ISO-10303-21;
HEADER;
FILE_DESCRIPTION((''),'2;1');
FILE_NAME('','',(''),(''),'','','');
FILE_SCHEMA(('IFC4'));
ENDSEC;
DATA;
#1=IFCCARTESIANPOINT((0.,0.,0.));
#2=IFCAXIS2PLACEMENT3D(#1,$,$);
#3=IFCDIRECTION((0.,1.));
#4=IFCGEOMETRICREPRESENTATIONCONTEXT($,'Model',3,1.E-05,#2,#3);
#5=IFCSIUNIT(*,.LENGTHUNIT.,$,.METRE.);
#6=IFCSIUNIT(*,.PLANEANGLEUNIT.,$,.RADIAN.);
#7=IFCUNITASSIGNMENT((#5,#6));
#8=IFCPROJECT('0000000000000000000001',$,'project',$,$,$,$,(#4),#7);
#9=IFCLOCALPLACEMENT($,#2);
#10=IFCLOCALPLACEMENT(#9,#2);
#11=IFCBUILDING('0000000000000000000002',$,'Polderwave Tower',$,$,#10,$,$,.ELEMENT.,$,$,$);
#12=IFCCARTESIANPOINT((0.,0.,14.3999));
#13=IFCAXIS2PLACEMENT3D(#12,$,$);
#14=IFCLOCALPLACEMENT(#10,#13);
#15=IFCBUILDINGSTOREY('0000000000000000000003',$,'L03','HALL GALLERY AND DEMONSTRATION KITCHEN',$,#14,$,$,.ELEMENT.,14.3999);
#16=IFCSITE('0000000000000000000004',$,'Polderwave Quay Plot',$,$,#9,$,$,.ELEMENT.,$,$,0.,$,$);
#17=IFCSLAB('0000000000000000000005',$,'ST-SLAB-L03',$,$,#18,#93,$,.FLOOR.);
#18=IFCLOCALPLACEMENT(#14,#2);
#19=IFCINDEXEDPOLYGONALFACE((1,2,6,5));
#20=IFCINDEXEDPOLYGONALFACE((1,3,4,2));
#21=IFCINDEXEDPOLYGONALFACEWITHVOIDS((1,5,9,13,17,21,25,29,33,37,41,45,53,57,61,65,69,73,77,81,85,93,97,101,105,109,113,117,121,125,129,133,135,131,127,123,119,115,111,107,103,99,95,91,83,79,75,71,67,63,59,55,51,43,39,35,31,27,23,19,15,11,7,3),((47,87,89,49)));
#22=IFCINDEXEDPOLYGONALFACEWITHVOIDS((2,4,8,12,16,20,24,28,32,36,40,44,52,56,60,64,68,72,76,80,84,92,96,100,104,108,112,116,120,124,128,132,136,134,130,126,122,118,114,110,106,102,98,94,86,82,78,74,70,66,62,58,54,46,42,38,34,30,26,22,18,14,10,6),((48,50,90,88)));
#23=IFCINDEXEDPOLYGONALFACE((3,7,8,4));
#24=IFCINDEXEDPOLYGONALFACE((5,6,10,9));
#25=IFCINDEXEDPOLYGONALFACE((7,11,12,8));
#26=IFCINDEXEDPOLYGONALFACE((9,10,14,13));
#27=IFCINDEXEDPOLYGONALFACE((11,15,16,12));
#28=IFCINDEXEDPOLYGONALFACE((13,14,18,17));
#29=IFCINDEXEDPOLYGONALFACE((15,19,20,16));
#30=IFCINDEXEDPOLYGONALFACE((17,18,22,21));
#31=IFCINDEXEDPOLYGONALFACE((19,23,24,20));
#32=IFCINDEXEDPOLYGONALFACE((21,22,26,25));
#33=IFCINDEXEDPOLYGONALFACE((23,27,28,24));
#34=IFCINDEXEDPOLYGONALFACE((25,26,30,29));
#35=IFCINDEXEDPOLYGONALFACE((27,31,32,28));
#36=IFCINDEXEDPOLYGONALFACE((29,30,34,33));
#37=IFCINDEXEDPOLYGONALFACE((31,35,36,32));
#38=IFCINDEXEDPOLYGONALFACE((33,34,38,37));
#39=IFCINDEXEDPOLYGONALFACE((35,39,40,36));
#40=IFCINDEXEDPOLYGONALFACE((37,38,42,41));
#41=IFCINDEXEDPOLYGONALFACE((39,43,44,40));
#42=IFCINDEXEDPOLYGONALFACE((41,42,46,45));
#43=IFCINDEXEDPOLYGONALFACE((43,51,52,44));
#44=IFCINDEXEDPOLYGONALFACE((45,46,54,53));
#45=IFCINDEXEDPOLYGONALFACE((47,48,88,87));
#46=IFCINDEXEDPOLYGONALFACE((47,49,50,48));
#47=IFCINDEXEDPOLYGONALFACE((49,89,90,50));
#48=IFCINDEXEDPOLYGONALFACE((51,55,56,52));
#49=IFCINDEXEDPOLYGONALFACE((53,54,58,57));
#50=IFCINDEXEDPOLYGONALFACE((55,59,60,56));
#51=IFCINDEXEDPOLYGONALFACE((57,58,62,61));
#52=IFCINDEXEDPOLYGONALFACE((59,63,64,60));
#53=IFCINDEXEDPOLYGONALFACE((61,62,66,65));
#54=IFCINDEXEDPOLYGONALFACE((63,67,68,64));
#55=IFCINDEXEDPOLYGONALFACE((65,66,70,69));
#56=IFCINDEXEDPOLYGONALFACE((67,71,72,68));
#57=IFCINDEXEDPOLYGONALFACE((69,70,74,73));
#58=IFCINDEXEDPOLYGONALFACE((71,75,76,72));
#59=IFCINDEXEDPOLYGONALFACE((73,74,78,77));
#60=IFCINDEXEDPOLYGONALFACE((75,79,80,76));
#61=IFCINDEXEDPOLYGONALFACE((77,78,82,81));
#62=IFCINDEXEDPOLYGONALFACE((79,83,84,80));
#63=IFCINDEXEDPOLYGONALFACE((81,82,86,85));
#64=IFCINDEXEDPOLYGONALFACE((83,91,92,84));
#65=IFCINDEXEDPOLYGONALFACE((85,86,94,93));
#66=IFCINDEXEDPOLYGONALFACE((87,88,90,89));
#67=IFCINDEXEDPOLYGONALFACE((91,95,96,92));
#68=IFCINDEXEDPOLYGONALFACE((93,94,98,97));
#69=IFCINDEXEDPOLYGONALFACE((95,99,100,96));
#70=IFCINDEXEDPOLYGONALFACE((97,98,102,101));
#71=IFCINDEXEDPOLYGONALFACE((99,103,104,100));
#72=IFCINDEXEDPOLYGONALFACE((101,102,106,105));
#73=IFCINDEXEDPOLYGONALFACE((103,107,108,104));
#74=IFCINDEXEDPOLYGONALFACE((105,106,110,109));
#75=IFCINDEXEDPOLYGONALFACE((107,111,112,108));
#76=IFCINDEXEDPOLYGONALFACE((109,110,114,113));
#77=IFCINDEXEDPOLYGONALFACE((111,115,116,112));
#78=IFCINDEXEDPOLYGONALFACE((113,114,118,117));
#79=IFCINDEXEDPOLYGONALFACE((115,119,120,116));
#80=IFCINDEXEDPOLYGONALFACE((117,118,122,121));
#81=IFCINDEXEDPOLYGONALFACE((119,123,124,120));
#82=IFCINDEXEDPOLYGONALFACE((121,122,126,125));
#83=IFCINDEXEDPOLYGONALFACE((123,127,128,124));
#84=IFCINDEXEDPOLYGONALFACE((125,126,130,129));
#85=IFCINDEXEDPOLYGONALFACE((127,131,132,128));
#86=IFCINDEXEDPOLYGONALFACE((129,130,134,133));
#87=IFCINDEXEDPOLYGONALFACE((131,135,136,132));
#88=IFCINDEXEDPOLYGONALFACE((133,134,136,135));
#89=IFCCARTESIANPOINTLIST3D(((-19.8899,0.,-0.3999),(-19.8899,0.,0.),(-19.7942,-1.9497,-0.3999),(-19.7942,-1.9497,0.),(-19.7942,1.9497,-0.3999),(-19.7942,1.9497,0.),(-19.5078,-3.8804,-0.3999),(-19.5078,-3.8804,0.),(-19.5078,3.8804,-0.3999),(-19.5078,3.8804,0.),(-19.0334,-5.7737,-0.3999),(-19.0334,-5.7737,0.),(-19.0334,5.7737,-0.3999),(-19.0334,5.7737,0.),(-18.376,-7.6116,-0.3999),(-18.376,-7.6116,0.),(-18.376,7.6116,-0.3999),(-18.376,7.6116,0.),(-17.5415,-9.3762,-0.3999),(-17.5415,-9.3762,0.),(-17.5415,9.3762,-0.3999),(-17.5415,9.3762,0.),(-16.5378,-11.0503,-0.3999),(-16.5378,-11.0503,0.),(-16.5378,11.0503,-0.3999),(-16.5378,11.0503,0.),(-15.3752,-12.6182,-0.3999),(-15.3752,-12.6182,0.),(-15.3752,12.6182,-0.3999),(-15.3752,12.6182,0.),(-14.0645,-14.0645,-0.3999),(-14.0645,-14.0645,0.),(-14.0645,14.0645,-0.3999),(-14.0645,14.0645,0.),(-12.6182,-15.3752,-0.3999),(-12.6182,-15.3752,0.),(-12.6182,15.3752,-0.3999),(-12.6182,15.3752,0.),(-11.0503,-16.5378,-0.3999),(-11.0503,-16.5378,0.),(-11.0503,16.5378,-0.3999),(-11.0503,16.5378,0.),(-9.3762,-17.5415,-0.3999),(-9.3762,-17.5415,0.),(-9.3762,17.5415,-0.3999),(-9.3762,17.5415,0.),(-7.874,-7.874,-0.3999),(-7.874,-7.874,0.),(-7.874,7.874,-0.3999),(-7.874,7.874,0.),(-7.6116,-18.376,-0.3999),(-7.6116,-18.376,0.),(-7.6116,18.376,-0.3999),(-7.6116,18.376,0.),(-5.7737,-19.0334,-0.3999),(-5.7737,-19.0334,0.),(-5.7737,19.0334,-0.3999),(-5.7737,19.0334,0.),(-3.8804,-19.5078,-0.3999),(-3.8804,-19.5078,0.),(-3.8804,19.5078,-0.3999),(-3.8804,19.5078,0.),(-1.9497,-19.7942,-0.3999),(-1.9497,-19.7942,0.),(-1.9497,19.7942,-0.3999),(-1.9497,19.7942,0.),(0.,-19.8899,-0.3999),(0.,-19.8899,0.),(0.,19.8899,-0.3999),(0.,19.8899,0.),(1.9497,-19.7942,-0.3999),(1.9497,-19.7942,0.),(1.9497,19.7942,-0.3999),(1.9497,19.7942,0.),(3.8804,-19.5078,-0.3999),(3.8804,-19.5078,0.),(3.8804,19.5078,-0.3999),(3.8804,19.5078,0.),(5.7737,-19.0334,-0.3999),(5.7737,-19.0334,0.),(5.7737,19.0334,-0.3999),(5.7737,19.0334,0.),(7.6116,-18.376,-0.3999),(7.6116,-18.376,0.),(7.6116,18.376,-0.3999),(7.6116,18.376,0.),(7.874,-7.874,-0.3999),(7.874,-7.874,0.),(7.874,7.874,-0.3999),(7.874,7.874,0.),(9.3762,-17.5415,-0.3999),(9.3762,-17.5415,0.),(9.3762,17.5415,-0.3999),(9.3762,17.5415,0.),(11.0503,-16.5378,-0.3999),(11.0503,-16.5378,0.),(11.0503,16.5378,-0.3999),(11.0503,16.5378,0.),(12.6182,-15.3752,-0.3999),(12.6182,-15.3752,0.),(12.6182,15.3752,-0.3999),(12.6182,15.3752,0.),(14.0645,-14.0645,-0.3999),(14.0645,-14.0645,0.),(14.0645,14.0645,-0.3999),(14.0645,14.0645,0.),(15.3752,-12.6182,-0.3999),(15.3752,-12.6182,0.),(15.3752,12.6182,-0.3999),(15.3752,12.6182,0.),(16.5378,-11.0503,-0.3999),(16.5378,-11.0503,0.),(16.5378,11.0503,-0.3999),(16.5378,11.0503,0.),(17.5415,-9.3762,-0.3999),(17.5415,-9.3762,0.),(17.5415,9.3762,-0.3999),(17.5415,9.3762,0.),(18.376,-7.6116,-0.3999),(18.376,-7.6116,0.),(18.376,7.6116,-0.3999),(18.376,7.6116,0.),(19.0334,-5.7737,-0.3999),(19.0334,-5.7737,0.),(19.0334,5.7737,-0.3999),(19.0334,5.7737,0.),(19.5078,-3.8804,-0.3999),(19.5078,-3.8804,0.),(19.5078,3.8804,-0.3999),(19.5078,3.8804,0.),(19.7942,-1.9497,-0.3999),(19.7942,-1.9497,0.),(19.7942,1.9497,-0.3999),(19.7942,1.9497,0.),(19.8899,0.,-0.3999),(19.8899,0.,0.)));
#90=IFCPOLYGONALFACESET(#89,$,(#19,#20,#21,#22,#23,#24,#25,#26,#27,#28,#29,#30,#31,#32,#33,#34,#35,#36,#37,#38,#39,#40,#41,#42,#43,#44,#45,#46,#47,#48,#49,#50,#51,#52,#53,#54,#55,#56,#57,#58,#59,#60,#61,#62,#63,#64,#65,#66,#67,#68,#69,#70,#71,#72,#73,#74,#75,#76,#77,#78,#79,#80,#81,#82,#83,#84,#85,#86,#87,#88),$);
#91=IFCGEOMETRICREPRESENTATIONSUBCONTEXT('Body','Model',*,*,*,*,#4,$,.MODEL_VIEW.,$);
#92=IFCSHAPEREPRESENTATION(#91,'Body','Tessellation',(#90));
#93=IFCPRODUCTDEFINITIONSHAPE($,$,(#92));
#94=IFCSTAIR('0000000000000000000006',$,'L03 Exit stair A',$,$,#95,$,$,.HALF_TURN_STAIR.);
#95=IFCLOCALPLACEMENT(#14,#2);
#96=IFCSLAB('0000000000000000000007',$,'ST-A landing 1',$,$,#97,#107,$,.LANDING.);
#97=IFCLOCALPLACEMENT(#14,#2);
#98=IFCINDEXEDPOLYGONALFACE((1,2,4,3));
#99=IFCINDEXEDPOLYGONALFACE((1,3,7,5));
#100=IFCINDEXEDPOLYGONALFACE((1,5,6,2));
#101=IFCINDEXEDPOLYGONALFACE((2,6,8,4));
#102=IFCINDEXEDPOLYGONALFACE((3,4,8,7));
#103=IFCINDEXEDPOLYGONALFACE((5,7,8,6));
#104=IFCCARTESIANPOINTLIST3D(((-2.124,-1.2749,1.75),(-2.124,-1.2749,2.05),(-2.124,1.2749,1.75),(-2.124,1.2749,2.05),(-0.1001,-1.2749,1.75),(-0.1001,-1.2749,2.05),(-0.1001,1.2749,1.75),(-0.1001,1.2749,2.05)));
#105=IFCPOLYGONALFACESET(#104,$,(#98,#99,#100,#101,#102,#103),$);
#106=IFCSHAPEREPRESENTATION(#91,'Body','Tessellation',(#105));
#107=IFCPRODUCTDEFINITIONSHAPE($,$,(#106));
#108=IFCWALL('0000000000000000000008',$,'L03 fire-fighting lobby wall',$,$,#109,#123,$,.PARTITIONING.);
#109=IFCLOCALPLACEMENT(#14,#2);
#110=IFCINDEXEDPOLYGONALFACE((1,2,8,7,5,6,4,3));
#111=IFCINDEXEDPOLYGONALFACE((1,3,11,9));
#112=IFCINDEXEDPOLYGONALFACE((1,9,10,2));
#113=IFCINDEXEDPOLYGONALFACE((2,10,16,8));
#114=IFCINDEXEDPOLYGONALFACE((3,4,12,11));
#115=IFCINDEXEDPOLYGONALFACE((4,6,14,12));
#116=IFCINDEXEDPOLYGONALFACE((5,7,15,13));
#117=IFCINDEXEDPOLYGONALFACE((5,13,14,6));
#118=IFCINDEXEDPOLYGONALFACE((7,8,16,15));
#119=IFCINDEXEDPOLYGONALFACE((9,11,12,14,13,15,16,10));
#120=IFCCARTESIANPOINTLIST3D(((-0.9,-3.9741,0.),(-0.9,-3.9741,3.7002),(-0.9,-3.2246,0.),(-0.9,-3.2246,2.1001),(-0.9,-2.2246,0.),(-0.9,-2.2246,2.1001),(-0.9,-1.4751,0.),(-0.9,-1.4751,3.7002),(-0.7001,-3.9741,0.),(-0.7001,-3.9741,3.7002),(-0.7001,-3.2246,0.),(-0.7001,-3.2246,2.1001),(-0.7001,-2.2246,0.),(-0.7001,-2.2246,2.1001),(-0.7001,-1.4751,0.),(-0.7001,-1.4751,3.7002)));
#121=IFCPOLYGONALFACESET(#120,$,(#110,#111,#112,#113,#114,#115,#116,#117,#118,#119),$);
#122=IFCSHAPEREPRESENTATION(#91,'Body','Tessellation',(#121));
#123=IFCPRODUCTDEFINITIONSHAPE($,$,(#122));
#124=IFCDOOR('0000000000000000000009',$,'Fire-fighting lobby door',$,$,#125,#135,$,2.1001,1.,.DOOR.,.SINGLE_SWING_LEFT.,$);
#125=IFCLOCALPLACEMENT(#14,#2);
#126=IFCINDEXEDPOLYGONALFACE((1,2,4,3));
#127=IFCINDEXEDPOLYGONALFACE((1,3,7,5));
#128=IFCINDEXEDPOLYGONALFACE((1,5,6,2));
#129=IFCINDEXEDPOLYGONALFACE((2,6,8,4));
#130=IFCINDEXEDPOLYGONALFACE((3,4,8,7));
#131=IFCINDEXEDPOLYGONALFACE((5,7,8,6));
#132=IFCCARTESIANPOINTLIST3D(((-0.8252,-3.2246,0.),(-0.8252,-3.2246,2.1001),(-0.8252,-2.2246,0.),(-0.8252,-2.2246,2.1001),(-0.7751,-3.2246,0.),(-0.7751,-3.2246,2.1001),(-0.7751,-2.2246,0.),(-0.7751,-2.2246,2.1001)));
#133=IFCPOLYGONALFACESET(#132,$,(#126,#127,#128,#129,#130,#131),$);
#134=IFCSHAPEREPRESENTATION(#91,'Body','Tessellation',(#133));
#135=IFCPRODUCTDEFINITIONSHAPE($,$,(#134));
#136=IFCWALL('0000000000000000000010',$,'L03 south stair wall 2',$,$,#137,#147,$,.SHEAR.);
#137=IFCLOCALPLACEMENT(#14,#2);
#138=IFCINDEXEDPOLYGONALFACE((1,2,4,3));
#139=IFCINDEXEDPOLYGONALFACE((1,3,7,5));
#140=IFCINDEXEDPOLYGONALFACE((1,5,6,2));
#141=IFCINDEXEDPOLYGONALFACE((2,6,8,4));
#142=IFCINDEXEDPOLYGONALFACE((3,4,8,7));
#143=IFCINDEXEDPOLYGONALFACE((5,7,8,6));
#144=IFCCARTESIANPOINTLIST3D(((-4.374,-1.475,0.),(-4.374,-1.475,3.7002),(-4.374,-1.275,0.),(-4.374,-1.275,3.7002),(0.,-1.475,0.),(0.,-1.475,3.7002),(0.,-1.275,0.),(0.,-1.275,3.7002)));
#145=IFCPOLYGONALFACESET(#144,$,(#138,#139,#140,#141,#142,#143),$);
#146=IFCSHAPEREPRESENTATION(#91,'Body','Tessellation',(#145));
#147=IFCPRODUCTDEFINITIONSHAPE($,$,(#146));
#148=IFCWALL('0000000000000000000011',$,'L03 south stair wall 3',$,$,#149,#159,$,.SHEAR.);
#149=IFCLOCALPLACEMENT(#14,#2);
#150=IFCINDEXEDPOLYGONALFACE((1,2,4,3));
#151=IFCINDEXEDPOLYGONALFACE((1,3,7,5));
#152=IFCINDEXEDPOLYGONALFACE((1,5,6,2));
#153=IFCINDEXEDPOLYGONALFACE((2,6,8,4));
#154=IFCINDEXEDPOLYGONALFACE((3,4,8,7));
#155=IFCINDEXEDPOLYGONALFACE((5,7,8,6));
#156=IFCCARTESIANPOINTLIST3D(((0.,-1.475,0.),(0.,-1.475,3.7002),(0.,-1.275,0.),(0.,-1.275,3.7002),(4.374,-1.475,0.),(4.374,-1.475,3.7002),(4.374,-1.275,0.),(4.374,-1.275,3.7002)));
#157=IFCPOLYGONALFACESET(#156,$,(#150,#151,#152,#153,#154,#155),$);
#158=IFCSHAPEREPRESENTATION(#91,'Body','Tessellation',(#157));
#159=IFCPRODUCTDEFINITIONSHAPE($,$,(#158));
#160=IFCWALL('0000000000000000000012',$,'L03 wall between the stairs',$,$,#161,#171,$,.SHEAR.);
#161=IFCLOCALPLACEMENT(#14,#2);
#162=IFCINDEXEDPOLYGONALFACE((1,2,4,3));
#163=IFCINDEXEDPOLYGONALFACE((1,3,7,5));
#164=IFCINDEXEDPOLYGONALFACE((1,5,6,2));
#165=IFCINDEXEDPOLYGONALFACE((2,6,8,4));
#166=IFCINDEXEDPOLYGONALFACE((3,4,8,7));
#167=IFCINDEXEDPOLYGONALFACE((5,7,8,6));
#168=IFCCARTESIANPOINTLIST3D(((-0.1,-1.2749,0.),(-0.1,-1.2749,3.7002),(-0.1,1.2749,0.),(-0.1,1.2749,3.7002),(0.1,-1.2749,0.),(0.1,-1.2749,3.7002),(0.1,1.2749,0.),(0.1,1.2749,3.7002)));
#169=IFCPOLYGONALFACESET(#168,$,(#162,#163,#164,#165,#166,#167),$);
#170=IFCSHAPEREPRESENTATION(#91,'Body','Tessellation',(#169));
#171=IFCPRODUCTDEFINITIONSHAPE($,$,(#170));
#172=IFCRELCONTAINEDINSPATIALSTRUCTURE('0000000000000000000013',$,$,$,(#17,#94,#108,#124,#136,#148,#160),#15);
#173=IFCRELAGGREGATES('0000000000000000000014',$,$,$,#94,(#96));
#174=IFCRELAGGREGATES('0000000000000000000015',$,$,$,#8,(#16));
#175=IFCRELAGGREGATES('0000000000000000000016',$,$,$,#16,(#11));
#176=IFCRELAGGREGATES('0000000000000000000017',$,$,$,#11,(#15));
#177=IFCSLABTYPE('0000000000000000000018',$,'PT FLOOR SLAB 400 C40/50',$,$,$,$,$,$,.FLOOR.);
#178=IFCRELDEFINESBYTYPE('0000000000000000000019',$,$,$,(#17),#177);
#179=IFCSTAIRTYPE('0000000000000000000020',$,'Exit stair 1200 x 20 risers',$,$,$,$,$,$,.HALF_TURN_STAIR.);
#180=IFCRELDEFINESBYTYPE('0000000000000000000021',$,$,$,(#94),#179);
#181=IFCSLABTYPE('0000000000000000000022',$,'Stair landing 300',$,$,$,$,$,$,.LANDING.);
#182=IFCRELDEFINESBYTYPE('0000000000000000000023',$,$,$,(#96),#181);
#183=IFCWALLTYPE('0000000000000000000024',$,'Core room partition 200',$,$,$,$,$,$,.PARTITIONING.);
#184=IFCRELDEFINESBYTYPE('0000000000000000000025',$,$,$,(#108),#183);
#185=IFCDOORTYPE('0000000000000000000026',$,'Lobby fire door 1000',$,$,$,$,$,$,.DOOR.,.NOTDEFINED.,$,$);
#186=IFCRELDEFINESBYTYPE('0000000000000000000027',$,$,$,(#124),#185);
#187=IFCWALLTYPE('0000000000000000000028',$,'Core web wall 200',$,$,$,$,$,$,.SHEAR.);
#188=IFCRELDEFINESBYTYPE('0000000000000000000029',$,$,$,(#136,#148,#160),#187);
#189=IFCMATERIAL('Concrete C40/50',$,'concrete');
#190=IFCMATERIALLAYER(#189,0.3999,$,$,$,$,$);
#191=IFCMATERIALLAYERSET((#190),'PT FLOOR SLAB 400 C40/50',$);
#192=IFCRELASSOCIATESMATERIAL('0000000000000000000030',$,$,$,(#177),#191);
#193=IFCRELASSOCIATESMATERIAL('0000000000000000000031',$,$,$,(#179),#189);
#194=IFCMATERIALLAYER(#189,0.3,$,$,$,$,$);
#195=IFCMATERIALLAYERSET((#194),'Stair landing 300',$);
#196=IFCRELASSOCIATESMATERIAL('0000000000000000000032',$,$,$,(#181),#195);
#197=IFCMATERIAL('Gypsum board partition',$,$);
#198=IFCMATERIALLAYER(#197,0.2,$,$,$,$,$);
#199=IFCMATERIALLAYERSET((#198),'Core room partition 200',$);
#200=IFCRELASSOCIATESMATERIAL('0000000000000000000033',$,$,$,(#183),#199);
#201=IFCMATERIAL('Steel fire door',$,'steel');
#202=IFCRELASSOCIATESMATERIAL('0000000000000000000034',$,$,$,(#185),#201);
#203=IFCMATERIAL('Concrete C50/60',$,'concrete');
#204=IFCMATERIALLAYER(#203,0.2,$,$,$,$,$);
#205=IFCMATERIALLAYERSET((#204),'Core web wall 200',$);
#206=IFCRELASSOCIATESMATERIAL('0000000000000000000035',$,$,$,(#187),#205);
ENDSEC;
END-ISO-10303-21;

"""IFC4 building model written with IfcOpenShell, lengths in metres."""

from ifc_helpers import new_model, si_unit, direction, frame, frame_2d, origin, place, context, subcontext, project, spatial, polyline, rectangle, outline, extrude, material, layer, layer_set, type_object, element, fill, aggregate, save


model = new_model("IFC4")

# Units and contexts
model_context = context("Model", 3, precision=1e-05, world=origin(), true_north=direction((0.0, 1.0)))
body_context = subcontext(model_context, "Body", "Model", "MODEL_VIEW")
ifc_project = project(units=[si_unit("LENGTHUNIT", "METRE"), si_unit("PLANEANGLEUNIT", "RADIAN")], contexts=[model_context])

# Site, building, storey
site_placement = place(None, origin())
site = spatial("IfcSite", under=ifc_project, at=site_placement, Name="Polderwave Quay Plot", CompositionType="ELEMENT", RefElevation=0.0)
building_placement = place(site_placement, origin())
building = spatial("IfcBuilding", under=site, at=building_placement, Name="Polderwave Tower", CompositionType="ELEMENT")
storey_placement = place(building_placement, frame((0.0, 0.0, 14.3999)))
storey = spatial("IfcBuildingStorey", under=building, at=storey_placement, Name="L03", Description="HALL GALLERY AND DEMONSTRATION KITCHEN", CompositionType="ELEMENT", Elevation=14.3999)

# Slab
ifc_material_1 = material(Name="Concrete C40/50", Category="concrete")
ifc_layer_1 = layer(ifc_material_1, 0.3999)
ifc_layer_set_1 = layer_set([ifc_layer_1], Name="PT FLOOR SLAB 400 C40/50")
slab_type_1 = type_object("IfcSlabType", Name="PT FLOOR SLAB 400 C40/50", PredefinedType="FLOOR", material=ifc_layer_set_1)
slab_1_placement = place(storey_placement, frame((0.0, 0.0, -0.3999)))
element("IfcSlab", 1, at=slab_1_placement, inside=storey, type_object=slab_type_1, Name="ST-SLAB-L03", PredefinedType="FLOOR", context=body_context, shape_type="SweptSolid", body=[
    extrude(outline(polyline([(19.8899, 0.0), (19.7942, 1.9497), (19.5078, 3.8804), (19.0334, 5.7737), (18.376, 7.6116), (17.5415, 9.3762), (16.5378, 11.0503), (15.3752, 12.6182), (14.0645, 14.0645), (12.6182, 15.3752), (11.0503, 16.5378), (9.3762, 17.5415), (7.6116, 18.376), (5.7737, 19.0334), (3.8804, 19.5078), (1.9497, 19.7942), (0.0, 19.8899), (-1.9497, 19.7942), (-3.8804, 19.5078), (-5.7737, 19.0334), (-7.6116, 18.376), (-9.3762, 17.5415), (-11.0503, 16.5378), (-12.6182, 15.3752), (-14.0645, 14.0645), (-15.3752, 12.6182), (-16.5378, 11.0503), (-17.5415, 9.3762), (-18.376, 7.6116), (-19.0334, 5.7737), (-19.5078, 3.8804), (-19.7942, 1.9497), (-19.8899, 0.0), (-19.7942, -1.9497), (-19.5078, -3.8804), (-19.0334, -5.7737), (-18.376, -7.6116), (-17.5415, -9.3762), (-16.5378, -11.0503), (-15.3752, -12.6182), (-14.0645, -14.0645), (-12.6182, -15.3752), (-11.0503, -16.5378), (-9.3762, -17.5415), (-7.6116, -18.376), (-5.7737, -19.0334), (-3.8804, -19.5078), (-1.9497, -19.7942), (0.0, -19.8899), (1.9497, -19.7942), (3.8804, -19.5078), (5.7737, -19.0334), (7.6116, -18.376), (9.3762, -17.5415), (11.0503, -16.5378), (12.6182, -15.3752), (14.0645, -14.0645), (15.3752, -12.6182), (16.5378, -11.0503), (17.5415, -9.3762), (18.376, -7.6116), (19.0334, -5.7737), (19.5078, -3.8804), (19.7942, -1.9497), (19.8899, 0.0)]), holes=[polyline([(-7.874, -7.874), (7.874, -7.874), (7.874, 7.874), (-7.874, 7.874), (-7.874, -7.874)])]), origin(), (0.0, 0.0, 1.0), 0.3999),
])

# Stair, slab
stair_type = type_object("IfcStairType", Name="Exit stair 1200 x 20 risers", PredefinedType="HALF_TURN_STAIR", material=ifc_material_1)
stair_placement = place(storey_placement, origin())
stair = element("IfcStair", 2, at=stair_placement, inside=storey, type_object=stair_type, Name="L03 Exit stair A", PredefinedType="HALF_TURN_STAIR")
ifc_layer_2 = layer(ifc_material_1, 0.3)
ifc_layer_set_2 = layer_set([ifc_layer_2], Name="Stair landing 300")
slab_type_2 = type_object("IfcSlabType", Name="Stair landing 300", PredefinedType="LANDING", material=ifc_layer_set_2)
slab_2_placement = place(storey_placement, frame((0.0, 0.0, 1.75)))
slab_2 = element("IfcSlab", 3, at=slab_2_placement, type_object=slab_type_2, Name="ST-A landing 1", PredefinedType="LANDING", context=body_context, shape_type="SweptSolid", body=[
    extrude(outline(polyline([(-2.124, -1.2749), (-0.1001, -1.2749), (-0.1001, 1.2749), (-2.124, 1.2749), (-2.124, -1.2749)])), origin(), (0.0, 0.0, 1.0), 0.3),
])

# Wall, opening, door
ifc_material_2 = material(Name="Gypsum board partition")
ifc_layer_3 = layer(ifc_material_2, 0.2)
ifc_layer_set_3 = layer_set([ifc_layer_3], Name="Core room partition 200")
wall_type_1 = type_object("IfcWallType", Name="Core room partition 200", PredefinedType="PARTITIONING", material=ifc_layer_set_3)
wall_1_placement = place(storey_placement, frame((-0.8, -3.9741, 0.0), z_axis=(0.0, 0.0, 1.0), x_axis=(0.0, 1.0, 0.0)))
wall_1 = element("IfcWall", 4, at=wall_1_placement, inside=storey, type_object=wall_type_1, Name="L03 fire-fighting lobby wall", PredefinedType="PARTITIONING", context=body_context, shape_type="SweptSolid", body=[
    extrude(rectangle(XDim=2.499, YDim=0.2, at=frame_2d((1.2495, 0.0))), origin(), (0.0, 0.0, 1.0), 3.7002),
])
opening_placement = place(wall_1_placement, frame((0.7495, 0.0, 0.0)))
opening = element("IfcOpeningElement", 5, at=opening_placement, cuts=wall_1, PredefinedType="OPENING", context=body_context, shape_type="SweptSolid", body=[
    extrude(rectangle(XDim=1.0, YDim=2.1001, at=frame_2d((0.5, 1.05))), frame((0.0, 0.1099, 0.0), z_axis=(0.0, -1.0, 0.0), x_axis=(1.0, 0.0, 0.0)), (0.0, 0.0, 1.0), 0.22),
])
ifc_material_3 = material(Name="Steel fire door", Category="steel")
door_type = type_object("IfcDoorType", Name="Lobby fire door 1000", OperationType="NOTDEFINED", PredefinedType="DOOR", material=ifc_material_3)
door_placement = place(opening_placement, frame((1.0, 0.0, 0.0), z_axis=(0.0, 0.0, 1.0), x_axis=(-1.0, 0.0, 0.0)))
door = element("IfcDoor", 6, at=door_placement, inside=storey, type_object=door_type, Name="Fire-fighting lobby door", OperationType="SINGLE_SWING_LEFT", OverallHeight=2.1001, OverallWidth=1.0, PredefinedType="DOOR", context=body_context, shape_type="SweptSolid", body=[
    extrude(rectangle(XDim=1.0, YDim=2.1001, at=frame_2d((0.5, 1.05))), frame((0.0, 0.0249, 0.0), z_axis=(0.0, -1.0, 0.0), x_axis=(1.0, 0.0, 0.0)), (0.0, 0.0, 1.0), 0.05),
])
fill(opening, door)

# Walls
ifc_material_4 = material(Name="Concrete C50/60", Category="concrete")
ifc_layer_4 = layer(ifc_material_4, 0.2)
ifc_layer_set_4 = layer_set([ifc_layer_4], Name="Core web wall 200")
wall_type_2 = type_object("IfcWallType", Name="Core web wall 200", PredefinedType="SHEAR", material=ifc_layer_set_4)
for number, where, z_axis, x_axis, name in (
    (7, (-4.374, -1.375, 0.0), (0.0, 0.0, 1.0), (1.0, 0.0, 0.0), "L03 south stair wall 2"),
    (8, (0.0, -1.375, 0.0), (0.0, 0.0, 1.0), (1.0, 0.0, 0.0), "L03 south stair wall 3"),
):
    element("IfcWall", number, at=place(storey_placement, frame(where, z_axis=z_axis, x_axis=x_axis)), inside=storey, type_object=wall_type_2, Name=name, PredefinedType="SHEAR", context=body_context, shape_type="SweptSolid", body=[
        extrude(rectangle(XDim=4.374, YDim=0.2, at=frame_2d((2.187, 0.0))), origin(), (0.0, 0.0, 1.0), 3.7002),
    ])
wall_2_placement = place(storey_placement, frame((0.0, -1.2749, 0.0), z_axis=(0.0, 0.0, 1.0), x_axis=(0.0, 1.0, 0.0)))
element("IfcWall", 9, at=wall_2_placement, inside=storey, type_object=wall_type_2, Name="L03 wall between the stairs", PredefinedType="SHEAR", context=body_context, shape_type="SweptSolid", body=[
    extrude(rectangle(XDim=2.5498, YDim=0.2, at=frame_2d((1.2749, 0.0))), origin(), (0.0, 0.0, 1.0), 3.7002),
])

aggregate(stair, [slab_2])

save(model, "model.ifc")
